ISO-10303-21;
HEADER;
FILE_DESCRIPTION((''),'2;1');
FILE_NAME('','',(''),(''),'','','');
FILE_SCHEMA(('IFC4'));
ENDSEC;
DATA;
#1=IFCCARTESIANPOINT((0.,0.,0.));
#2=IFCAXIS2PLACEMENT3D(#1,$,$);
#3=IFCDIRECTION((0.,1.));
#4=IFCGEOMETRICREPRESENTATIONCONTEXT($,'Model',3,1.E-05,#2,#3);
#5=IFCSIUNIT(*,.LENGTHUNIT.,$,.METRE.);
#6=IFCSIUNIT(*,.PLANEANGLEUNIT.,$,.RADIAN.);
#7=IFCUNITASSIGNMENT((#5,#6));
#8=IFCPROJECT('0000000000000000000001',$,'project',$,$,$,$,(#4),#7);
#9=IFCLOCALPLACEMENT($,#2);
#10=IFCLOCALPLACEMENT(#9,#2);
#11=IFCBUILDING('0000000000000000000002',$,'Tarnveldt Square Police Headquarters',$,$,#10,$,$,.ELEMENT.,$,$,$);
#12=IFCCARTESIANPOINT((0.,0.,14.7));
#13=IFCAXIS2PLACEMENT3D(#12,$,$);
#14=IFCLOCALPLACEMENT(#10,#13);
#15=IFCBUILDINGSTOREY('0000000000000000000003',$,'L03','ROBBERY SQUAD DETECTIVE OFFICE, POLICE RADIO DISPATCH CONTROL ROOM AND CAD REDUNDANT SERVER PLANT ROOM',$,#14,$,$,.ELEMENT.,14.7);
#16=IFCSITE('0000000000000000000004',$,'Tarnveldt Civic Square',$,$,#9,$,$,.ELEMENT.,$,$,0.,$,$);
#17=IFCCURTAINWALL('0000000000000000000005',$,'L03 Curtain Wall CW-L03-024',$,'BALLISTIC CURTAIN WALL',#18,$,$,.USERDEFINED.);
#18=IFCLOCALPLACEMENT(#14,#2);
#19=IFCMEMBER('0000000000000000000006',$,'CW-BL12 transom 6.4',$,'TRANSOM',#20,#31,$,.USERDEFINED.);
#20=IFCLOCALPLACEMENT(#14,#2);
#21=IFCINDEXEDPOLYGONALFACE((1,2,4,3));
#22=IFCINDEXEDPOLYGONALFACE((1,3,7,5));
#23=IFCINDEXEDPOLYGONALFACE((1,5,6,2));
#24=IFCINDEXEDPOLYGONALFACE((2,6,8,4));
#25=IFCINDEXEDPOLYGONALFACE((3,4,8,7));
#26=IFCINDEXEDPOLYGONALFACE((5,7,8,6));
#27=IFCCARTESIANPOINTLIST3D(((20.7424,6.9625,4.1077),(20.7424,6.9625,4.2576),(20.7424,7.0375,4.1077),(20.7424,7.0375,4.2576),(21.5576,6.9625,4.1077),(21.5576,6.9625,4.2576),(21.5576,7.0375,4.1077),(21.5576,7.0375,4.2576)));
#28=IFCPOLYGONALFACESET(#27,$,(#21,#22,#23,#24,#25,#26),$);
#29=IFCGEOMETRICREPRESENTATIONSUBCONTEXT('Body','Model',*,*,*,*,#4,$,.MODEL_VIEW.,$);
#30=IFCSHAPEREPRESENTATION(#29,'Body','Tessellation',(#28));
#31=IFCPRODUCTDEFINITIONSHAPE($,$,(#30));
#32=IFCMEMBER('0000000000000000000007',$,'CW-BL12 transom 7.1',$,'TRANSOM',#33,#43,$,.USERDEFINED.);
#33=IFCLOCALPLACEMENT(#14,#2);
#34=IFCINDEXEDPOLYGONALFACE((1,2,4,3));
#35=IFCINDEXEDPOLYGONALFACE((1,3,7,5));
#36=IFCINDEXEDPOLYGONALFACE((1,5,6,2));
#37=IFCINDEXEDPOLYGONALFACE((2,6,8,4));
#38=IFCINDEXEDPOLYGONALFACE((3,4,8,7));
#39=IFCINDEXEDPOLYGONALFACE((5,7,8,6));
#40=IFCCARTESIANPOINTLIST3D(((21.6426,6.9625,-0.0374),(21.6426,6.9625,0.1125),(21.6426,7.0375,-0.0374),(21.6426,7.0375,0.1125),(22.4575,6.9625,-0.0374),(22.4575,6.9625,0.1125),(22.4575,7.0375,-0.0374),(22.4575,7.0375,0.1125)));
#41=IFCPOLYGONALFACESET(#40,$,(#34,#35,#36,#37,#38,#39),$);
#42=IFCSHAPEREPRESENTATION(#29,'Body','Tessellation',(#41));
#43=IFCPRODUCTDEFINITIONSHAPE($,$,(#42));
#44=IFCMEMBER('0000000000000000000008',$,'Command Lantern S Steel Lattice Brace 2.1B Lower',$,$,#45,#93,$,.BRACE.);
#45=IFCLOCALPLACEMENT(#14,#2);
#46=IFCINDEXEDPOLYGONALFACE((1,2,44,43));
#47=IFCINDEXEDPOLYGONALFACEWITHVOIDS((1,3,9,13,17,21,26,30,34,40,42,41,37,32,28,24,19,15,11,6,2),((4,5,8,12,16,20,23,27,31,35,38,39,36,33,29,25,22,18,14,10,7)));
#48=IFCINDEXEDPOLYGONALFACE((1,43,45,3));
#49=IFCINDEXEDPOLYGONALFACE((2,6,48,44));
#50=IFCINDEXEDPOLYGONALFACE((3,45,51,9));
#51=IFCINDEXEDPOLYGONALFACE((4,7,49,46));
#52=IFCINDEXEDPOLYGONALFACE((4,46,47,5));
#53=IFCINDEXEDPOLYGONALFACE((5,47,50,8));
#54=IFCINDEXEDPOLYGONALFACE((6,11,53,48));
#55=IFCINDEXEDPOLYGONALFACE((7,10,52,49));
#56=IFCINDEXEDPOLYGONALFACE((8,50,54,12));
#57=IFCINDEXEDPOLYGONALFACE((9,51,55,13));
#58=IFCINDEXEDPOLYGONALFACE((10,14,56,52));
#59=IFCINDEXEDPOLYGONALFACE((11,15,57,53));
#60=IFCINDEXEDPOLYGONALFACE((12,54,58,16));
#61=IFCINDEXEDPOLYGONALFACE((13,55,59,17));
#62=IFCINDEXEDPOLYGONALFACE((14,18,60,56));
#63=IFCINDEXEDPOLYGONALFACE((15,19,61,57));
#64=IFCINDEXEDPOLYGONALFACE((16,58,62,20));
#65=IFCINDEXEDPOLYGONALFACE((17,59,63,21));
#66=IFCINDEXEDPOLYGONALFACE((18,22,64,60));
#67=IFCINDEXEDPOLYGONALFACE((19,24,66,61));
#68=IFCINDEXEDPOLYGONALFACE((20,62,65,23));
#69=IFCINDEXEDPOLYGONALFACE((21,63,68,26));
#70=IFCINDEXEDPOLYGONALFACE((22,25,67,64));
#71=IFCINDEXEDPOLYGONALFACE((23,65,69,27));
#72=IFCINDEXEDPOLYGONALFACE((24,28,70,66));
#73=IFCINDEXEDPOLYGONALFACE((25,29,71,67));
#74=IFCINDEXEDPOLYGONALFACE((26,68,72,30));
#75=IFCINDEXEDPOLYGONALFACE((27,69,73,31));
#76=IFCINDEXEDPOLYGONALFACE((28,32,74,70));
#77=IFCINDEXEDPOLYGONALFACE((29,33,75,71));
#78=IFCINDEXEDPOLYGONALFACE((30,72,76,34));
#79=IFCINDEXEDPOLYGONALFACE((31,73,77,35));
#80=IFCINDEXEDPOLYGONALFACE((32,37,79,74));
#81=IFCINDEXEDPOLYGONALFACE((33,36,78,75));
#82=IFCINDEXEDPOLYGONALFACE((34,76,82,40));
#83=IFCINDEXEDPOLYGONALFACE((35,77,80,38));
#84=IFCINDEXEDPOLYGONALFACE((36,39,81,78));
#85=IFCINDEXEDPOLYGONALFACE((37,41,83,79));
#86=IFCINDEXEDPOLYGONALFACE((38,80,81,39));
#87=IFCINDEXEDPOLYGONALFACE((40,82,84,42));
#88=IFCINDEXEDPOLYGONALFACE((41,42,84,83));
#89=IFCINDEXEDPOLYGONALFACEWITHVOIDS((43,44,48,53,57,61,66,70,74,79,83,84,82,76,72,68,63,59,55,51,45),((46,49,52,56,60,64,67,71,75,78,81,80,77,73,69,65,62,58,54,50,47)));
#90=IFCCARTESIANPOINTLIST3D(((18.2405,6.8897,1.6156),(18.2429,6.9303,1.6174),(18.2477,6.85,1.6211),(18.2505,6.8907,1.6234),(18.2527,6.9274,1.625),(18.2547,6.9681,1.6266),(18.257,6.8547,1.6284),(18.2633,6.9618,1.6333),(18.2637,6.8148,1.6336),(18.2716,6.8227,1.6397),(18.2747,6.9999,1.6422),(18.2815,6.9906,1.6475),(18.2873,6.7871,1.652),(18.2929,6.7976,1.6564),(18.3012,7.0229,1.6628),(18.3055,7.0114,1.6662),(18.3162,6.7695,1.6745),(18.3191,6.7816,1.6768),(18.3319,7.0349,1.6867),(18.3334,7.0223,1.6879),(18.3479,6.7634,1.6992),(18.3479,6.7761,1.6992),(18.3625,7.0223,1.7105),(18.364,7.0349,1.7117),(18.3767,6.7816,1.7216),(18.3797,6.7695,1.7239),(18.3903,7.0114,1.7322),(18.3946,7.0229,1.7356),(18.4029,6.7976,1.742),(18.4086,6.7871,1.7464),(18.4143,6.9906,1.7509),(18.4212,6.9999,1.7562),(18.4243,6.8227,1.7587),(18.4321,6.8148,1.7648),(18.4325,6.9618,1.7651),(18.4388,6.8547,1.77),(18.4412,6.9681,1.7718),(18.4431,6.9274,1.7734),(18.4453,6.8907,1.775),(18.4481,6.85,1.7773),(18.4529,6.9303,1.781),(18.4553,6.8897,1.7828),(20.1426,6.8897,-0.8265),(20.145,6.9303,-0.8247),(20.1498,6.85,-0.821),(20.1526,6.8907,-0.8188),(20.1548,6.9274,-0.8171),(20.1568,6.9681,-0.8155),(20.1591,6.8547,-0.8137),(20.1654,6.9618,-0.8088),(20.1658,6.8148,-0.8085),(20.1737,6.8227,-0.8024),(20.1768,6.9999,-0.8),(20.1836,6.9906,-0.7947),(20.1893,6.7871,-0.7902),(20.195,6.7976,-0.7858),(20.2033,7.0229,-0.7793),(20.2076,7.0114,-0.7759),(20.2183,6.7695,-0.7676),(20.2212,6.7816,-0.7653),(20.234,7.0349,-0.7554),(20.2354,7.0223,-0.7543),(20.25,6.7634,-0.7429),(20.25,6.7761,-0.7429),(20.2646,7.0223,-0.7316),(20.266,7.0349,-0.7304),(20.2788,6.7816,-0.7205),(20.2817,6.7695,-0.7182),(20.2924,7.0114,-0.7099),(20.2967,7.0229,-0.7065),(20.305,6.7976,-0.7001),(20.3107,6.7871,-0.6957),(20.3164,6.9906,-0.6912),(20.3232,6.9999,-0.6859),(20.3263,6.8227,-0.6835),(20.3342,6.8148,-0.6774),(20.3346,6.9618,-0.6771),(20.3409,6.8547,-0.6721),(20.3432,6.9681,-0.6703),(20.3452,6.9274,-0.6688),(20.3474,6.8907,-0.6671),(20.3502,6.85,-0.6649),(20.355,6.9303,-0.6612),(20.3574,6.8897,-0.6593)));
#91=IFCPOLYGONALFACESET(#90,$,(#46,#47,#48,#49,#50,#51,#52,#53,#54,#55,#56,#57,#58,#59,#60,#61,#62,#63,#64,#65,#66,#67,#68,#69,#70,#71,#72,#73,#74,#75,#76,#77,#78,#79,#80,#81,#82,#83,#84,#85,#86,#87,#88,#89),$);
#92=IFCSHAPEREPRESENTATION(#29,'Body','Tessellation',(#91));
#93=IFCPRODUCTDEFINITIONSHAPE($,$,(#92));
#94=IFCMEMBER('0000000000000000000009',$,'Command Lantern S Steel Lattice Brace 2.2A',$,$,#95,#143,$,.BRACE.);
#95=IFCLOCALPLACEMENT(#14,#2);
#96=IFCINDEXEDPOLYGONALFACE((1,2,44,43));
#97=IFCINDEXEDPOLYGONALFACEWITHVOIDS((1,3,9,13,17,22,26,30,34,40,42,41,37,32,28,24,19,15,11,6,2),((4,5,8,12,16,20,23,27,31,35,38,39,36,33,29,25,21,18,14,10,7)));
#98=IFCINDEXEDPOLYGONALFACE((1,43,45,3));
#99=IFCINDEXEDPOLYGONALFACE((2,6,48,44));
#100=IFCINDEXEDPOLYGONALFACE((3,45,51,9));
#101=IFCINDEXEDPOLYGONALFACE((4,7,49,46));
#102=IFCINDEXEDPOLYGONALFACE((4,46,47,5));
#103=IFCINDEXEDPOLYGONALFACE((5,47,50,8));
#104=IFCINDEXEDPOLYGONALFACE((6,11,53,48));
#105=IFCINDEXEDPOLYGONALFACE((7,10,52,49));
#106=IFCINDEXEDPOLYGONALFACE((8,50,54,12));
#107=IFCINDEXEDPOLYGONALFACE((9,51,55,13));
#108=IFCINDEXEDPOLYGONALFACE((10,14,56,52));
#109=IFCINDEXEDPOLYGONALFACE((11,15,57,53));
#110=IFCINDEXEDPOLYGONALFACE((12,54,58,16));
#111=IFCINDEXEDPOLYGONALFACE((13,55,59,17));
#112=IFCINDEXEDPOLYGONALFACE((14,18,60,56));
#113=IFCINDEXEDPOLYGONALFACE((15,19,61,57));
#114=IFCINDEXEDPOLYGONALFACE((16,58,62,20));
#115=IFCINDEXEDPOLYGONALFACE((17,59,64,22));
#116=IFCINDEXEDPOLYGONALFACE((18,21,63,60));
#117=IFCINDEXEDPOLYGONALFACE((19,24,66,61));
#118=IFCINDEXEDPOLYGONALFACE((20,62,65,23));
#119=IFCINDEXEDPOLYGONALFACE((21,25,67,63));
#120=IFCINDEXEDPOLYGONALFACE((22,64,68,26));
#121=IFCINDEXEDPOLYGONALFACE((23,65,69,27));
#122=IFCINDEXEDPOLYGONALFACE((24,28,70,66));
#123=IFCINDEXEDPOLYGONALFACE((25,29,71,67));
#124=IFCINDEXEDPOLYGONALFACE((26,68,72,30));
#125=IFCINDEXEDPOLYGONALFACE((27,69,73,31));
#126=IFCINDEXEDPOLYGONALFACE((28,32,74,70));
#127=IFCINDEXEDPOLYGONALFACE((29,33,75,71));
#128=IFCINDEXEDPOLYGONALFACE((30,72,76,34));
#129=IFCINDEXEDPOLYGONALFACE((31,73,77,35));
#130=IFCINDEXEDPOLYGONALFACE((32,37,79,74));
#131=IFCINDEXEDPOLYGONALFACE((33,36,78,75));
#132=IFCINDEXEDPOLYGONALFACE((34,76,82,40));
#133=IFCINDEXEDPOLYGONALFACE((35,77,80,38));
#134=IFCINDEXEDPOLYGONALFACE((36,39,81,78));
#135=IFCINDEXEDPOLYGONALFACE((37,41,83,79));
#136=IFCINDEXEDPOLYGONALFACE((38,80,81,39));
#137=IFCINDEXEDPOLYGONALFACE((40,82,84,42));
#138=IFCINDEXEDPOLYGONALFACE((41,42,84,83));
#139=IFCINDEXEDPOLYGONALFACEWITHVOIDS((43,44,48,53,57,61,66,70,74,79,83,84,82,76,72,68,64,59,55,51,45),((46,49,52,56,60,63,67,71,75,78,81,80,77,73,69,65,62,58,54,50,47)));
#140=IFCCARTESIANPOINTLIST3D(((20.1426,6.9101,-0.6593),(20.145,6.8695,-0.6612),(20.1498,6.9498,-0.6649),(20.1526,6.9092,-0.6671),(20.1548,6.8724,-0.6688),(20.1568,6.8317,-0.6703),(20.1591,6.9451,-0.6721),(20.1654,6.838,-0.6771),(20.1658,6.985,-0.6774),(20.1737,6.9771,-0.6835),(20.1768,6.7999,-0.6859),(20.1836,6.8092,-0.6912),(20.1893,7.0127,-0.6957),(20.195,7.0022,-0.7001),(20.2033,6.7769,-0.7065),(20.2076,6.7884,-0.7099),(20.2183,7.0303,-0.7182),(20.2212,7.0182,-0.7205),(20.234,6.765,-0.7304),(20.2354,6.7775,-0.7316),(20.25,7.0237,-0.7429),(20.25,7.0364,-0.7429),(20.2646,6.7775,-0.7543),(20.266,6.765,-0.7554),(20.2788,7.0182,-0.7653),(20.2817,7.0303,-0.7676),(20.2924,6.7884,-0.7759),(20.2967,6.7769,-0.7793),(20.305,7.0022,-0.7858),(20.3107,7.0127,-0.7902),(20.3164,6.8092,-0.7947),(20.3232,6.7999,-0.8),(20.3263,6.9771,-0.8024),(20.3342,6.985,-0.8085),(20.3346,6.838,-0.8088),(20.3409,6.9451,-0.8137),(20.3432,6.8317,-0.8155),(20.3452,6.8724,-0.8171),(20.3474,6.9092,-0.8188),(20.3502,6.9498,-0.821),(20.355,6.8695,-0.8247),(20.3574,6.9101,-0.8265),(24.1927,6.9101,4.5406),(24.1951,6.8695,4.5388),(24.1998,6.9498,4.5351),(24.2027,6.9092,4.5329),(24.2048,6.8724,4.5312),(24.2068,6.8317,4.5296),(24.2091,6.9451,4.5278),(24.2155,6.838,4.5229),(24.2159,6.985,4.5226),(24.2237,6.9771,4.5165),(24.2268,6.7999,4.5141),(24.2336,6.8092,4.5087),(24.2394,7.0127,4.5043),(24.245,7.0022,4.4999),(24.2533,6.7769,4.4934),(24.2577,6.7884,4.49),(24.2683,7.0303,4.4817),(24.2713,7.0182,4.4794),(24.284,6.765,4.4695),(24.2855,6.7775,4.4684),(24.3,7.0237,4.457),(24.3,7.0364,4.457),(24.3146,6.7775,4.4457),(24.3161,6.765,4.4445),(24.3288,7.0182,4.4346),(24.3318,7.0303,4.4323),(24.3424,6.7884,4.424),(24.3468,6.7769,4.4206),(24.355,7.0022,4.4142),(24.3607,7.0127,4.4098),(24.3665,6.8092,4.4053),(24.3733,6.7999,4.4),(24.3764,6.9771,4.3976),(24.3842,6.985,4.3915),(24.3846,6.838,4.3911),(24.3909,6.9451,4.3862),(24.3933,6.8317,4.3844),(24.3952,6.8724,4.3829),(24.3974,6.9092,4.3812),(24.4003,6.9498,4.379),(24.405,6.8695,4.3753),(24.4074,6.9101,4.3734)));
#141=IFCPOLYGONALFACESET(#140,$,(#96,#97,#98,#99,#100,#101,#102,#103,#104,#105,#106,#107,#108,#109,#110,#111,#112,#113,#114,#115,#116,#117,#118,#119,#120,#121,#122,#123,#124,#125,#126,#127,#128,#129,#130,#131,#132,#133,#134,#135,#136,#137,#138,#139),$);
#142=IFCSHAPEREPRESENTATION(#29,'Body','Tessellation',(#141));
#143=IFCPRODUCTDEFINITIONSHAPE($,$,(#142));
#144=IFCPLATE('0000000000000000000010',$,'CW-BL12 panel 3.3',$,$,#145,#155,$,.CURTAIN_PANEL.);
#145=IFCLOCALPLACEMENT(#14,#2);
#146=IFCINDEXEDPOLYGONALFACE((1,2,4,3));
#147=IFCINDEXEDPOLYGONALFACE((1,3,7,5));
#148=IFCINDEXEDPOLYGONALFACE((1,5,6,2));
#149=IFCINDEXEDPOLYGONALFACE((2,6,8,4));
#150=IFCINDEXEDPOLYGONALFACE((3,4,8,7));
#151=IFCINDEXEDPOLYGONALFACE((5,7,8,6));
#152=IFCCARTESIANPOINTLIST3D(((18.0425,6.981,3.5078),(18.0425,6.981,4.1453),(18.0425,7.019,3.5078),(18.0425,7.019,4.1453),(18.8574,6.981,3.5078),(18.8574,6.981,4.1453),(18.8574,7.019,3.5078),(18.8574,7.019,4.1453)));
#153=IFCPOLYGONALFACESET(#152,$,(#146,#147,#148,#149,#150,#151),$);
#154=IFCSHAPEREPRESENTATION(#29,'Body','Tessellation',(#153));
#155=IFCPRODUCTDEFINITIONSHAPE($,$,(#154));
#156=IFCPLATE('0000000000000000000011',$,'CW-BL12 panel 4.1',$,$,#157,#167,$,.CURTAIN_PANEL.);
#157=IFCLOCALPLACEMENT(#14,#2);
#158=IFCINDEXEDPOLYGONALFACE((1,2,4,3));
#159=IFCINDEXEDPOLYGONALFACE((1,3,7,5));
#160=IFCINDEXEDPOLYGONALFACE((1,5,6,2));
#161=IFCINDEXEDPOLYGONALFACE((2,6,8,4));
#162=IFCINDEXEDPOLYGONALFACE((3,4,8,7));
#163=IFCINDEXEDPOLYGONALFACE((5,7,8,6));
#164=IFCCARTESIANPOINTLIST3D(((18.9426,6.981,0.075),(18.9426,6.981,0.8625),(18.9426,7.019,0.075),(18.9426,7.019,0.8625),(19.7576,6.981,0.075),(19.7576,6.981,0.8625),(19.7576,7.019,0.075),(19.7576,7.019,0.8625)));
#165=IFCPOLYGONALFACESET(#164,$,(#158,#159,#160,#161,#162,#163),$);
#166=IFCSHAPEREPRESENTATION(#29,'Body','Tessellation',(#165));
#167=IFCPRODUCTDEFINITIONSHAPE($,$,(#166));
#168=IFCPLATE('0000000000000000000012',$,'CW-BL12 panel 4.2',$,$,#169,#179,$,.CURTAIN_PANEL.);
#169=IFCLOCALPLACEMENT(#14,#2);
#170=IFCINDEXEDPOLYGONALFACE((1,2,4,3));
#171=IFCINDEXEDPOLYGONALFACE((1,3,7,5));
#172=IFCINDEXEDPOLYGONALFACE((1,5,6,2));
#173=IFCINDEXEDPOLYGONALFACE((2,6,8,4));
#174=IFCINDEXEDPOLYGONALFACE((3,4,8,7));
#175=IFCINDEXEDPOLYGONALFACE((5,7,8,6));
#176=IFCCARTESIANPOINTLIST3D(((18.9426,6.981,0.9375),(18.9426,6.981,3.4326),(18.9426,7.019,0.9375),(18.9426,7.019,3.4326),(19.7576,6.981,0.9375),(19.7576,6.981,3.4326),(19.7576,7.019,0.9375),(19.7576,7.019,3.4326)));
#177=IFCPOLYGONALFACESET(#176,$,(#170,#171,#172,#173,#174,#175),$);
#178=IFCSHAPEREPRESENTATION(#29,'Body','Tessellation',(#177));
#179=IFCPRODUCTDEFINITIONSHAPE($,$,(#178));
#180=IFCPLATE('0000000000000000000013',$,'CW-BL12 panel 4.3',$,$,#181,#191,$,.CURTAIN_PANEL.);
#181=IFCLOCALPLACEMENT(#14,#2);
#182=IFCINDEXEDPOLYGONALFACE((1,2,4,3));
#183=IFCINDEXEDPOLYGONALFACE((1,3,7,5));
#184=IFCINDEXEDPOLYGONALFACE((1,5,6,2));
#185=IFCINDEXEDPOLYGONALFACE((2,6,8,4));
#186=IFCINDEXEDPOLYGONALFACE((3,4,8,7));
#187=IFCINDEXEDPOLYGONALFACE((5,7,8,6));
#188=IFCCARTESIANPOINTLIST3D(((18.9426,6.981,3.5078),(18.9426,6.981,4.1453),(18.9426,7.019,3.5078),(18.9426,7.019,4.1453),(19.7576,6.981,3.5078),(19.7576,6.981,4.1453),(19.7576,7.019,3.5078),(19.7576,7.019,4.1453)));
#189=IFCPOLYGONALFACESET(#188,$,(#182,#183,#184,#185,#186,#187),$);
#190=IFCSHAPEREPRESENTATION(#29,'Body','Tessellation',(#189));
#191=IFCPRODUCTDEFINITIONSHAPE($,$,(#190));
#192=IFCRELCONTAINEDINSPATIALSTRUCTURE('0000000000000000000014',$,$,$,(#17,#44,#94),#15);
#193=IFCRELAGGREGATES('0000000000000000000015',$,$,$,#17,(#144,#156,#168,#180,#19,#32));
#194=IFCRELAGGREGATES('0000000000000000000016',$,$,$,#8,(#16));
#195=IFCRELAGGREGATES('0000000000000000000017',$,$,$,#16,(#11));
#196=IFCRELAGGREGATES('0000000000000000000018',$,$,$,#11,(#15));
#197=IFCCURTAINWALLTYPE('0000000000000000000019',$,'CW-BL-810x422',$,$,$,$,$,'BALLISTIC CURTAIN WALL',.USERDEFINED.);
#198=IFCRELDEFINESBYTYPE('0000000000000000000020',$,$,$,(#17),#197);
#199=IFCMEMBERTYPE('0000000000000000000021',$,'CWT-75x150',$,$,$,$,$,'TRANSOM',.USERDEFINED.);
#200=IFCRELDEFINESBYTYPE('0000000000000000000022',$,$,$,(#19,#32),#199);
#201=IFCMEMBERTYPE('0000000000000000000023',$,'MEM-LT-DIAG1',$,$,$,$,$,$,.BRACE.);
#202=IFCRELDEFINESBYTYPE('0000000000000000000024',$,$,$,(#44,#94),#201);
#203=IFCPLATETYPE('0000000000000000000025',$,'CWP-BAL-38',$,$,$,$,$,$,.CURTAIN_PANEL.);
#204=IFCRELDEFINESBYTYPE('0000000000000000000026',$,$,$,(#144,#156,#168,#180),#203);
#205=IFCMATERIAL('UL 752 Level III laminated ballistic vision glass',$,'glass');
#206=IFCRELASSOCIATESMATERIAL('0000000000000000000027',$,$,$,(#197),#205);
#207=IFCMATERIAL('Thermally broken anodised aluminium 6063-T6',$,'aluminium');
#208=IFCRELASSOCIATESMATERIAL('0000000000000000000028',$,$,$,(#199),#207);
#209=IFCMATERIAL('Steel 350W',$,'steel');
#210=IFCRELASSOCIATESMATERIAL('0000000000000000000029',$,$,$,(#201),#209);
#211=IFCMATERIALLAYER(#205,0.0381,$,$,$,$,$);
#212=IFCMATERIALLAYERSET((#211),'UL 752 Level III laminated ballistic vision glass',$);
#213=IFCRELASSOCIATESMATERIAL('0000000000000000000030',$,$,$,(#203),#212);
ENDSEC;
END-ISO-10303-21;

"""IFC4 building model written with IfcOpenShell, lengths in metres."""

from ifc_helpers import new_model, si_unit, direction, frame, origin, origin_2d, place, context, subcontext, project, spatial, rectangle, hollow_circle, extrude, material, layer, layer_set, material_profile, profile_set, type_object, element, aggregate, save


model = new_model("IFC4")

# Units and contexts
model_context = context("Model", 3, precision=1e-05, world=origin(), true_north=direction((0.0, 1.0)))
body_context = subcontext(model_context, "Body", "Model", "MODEL_VIEW")
ifc_project = project(units=[si_unit("LENGTHUNIT", "METRE"), si_unit("PLANEANGLEUNIT", "RADIAN")], contexts=[model_context])

# Site, building, storey
site_placement = place(None, origin())
site = spatial("IfcSite", under=ifc_project, at=site_placement, Name="Tarnveldt Civic Square", CompositionType="ELEMENT", RefElevation=0.0)
building_placement = place(site_placement, origin())
building = spatial("IfcBuilding", under=site, at=building_placement, Name="Tarnveldt Square Police Headquarters", CompositionType="ELEMENT")
storey_placement = place(building_placement, frame((0.0, 0.0, 14.7)))
storey = spatial("IfcBuildingStorey", under=building, at=storey_placement, Name="L03", Description="ROBBERY SQUAD DETECTIVE OFFICE, POLICE RADIO DISPATCH CONTROL ROOM AND CAD REDUNDANT SERVER PLANT ROOM", CompositionType="ELEMENT", Elevation=14.7)

# Curtain wall, members
ifc_material_1 = material(Name="UL 752 Level III laminated ballistic vision glass", Category="glass")
curtain_wall_type = type_object("IfcCurtainWallType", Name="CW-BL-810x422", ElementType="BALLISTIC CURTAIN WALL", PredefinedType="USERDEFINED", material=ifc_material_1)
curtain_wall_placement = place(storey_placement, origin())
curtain_wall = element("IfcCurtainWall", 1, at=curtain_wall_placement, inside=storey, type_object=curtain_wall_type, Name="L03 Curtain Wall CW-L03-024", ObjectType="BALLISTIC CURTAIN WALL", PredefinedType="USERDEFINED")
ifc_material_2 = material(Name="Thermally broken anodised aluminium 6063-T6", Category="aluminium")
ifc_material_profile_1 = material_profile(ifc_material_2, rectangle(XDim=0.075, YDim=0.1499, at=origin_2d()), Name="CW-T75x150")
ifc_profile_set_1 = profile_set([ifc_material_profile_1], Name="Thermally broken anodised aluminium 6063-T6")
member_type_1 = type_object("IfcMemberType", Name="CWT-75x150", ElementType="TRANSOM", PredefinedType="USERDEFINED", material=ifc_profile_set_1)
member_1_placement = place(storey_placement, frame((20.7424, 7.0, 4.1826), z_axis=(1.0, 0.0, 0.0), x_axis=(0.0, 1.0, 0.0)))
member_1 = element("IfcMember", 2, at=member_1_placement, type_object=member_type_1, Name="CW-BL12 transom 6.4", ObjectType="TRANSOM", PredefinedType="USERDEFINED", context=body_context, shape_type="SweptSolid", body=[
    extrude(rectangle(XDim=0.075, YDim=0.1499, at=origin_2d()), origin(), (0.0, 0.0, 1.0), 0.8152),
])
member_2_placement = place(storey_placement, frame((21.6426, 7.0, 0.0376), z_axis=(1.0, 0.0, 0.0), x_axis=(0.0, 1.0, 0.0)))
member_2 = element("IfcMember", 3, at=member_2_placement, type_object=member_type_1, Name="CW-BL12 transom 7.1", ObjectType="TRANSOM", PredefinedType="USERDEFINED", context=body_context, shape_type="SweptSolid", body=[
    extrude(rectangle(XDim=0.075, YDim=0.1499, at=origin_2d()), origin(), (0.0, 0.0, 1.0), 0.8149),
])

# Members
ifc_material_3 = material(Name="Steel 350W", Category="steel")
ifc_material_profile_2 = material_profile(ifc_material_3, hollow_circle(Radius=0.1365, WallThickness=0.0127, at=origin_2d()), Name="HSS273x13")
ifc_profile_set_2 = profile_set([ifc_material_profile_2], Name="Steel 350W")
member_type_2 = type_object("IfcMemberType", Name="MEM-LT-DIAG1", PredefinedType="BRACE", material=ifc_profile_set_2)
member_3_placement = place(storey_placement, frame((20.25, 6.8999, -0.7429), z_axis=(-0.614476, 0.0, 0.788936), x_axis=(0.0, -1.0, 0.0)))
element("IfcMember", 4, at=member_3_placement, inside=storey, type_object=member_type_2, Name="Command Lantern S Steel Lattice Brace 2.1B Lower", PredefinedType="BRACE", context=body_context, shape_type="SweptSolid", body=[
    extrude(hollow_circle(Radius=0.1365, WallThickness=0.0127, at=origin_2d()), origin(), (0.0, 0.0, 1.0), 3.0955),
])
member_4_placement = place(storey_placement, frame((20.25, 6.8999, -0.7429), z_axis=(0.614474, 0.0, 0.788937), x_axis=(0.0, 1.0, 0.0)))
element("IfcMember", 5, at=member_4_placement, inside=storey, type_object=member_type_2, Name="Command Lantern S Steel Lattice Brace 2.2A", PredefinedType="BRACE", context=body_context, shape_type="SweptSolid", body=[
    extrude(hollow_circle(Radius=0.1365, WallThickness=0.0127, at=origin_2d()), origin(), (0.0, 0.0, 1.0), 6.5911),
])

# Plates
ifc_layer_1 = layer(ifc_material_1, 0.0381)
ifc_layer_set_1 = layer_set([ifc_layer_1], Name="UL 752 Level III laminated ballistic vision glass")
plate_type_1 = type_object("IfcPlateType", Name="CWP-BAL-38", PredefinedType="CURTAIN_PANEL", material=ifc_layer_set_1)
plate_1_placement = place(storey_placement, frame((18.45, 7.0, 3.5078), z_axis=(0.0, 0.0, 1.0), x_axis=(1.0, 0.0, 0.0)))
plate_1 = element("IfcPlate", 6, at=plate_1_placement, type_object=plate_type_1, Name="CW-BL12 panel 3.3", PredefinedType="CURTAIN_PANEL", context=body_context, shape_type="SweptSolid", body=[
    extrude(rectangle(XDim=0.8149, YDim=0.0381, at=origin_2d()), origin(), (0.0, 0.0, 1.0), 0.6375),
])
plate_2_placement = place(storey_placement, frame((19.3501, 7.0, 0.075), z_axis=(0.0, 0.0, 1.0), x_axis=(1.0, 0.0, 0.0)))
plate_2 = element("IfcPlate", 7, at=plate_2_placement, type_object=plate_type_1, Name="CW-BL12 panel 4.1", PredefinedType="CURTAIN_PANEL", context=body_context, shape_type="SweptSolid", body=[
    extrude(rectangle(XDim=0.8149, YDim=0.0381, at=origin_2d()), origin(), (0.0, 0.0, 1.0), 0.7876),
])
plate_3_placement = place(storey_placement, frame((19.3501, 7.0, 0.9375), z_axis=(0.0, 0.0, 1.0), x_axis=(1.0, 0.0, 0.0)))
plate_3 = element("IfcPlate", 8, at=plate_3_placement, type_object=plate_type_1, Name="CW-BL12 panel 4.2", PredefinedType="CURTAIN_PANEL", context=body_context, shape_type="SweptSolid", body=[
    extrude(rectangle(XDim=0.8149, YDim=0.0381, at=origin_2d()), origin(), (0.0, 0.0, 1.0), 2.4951),
])
plate_4_placement = place(storey_placement, frame((19.3501, 7.0, 3.5078), z_axis=(0.0, 0.0, 1.0), x_axis=(1.0, 0.0, 0.0)))
plate_4 = element("IfcPlate", 9, at=plate_4_placement, type_object=plate_type_1, Name="CW-BL12 panel 4.3", PredefinedType="CURTAIN_PANEL", context=body_context, shape_type="SweptSolid", body=[
    extrude(rectangle(XDim=0.8149, YDim=0.0381, at=origin_2d()), origin(), (0.0, 0.0, 1.0), 0.6375),
])
aggregate(curtain_wall, [plate_1, plate_2, plate_3, plate_4, member_1, member_2])

save(model, "model.ifc")
